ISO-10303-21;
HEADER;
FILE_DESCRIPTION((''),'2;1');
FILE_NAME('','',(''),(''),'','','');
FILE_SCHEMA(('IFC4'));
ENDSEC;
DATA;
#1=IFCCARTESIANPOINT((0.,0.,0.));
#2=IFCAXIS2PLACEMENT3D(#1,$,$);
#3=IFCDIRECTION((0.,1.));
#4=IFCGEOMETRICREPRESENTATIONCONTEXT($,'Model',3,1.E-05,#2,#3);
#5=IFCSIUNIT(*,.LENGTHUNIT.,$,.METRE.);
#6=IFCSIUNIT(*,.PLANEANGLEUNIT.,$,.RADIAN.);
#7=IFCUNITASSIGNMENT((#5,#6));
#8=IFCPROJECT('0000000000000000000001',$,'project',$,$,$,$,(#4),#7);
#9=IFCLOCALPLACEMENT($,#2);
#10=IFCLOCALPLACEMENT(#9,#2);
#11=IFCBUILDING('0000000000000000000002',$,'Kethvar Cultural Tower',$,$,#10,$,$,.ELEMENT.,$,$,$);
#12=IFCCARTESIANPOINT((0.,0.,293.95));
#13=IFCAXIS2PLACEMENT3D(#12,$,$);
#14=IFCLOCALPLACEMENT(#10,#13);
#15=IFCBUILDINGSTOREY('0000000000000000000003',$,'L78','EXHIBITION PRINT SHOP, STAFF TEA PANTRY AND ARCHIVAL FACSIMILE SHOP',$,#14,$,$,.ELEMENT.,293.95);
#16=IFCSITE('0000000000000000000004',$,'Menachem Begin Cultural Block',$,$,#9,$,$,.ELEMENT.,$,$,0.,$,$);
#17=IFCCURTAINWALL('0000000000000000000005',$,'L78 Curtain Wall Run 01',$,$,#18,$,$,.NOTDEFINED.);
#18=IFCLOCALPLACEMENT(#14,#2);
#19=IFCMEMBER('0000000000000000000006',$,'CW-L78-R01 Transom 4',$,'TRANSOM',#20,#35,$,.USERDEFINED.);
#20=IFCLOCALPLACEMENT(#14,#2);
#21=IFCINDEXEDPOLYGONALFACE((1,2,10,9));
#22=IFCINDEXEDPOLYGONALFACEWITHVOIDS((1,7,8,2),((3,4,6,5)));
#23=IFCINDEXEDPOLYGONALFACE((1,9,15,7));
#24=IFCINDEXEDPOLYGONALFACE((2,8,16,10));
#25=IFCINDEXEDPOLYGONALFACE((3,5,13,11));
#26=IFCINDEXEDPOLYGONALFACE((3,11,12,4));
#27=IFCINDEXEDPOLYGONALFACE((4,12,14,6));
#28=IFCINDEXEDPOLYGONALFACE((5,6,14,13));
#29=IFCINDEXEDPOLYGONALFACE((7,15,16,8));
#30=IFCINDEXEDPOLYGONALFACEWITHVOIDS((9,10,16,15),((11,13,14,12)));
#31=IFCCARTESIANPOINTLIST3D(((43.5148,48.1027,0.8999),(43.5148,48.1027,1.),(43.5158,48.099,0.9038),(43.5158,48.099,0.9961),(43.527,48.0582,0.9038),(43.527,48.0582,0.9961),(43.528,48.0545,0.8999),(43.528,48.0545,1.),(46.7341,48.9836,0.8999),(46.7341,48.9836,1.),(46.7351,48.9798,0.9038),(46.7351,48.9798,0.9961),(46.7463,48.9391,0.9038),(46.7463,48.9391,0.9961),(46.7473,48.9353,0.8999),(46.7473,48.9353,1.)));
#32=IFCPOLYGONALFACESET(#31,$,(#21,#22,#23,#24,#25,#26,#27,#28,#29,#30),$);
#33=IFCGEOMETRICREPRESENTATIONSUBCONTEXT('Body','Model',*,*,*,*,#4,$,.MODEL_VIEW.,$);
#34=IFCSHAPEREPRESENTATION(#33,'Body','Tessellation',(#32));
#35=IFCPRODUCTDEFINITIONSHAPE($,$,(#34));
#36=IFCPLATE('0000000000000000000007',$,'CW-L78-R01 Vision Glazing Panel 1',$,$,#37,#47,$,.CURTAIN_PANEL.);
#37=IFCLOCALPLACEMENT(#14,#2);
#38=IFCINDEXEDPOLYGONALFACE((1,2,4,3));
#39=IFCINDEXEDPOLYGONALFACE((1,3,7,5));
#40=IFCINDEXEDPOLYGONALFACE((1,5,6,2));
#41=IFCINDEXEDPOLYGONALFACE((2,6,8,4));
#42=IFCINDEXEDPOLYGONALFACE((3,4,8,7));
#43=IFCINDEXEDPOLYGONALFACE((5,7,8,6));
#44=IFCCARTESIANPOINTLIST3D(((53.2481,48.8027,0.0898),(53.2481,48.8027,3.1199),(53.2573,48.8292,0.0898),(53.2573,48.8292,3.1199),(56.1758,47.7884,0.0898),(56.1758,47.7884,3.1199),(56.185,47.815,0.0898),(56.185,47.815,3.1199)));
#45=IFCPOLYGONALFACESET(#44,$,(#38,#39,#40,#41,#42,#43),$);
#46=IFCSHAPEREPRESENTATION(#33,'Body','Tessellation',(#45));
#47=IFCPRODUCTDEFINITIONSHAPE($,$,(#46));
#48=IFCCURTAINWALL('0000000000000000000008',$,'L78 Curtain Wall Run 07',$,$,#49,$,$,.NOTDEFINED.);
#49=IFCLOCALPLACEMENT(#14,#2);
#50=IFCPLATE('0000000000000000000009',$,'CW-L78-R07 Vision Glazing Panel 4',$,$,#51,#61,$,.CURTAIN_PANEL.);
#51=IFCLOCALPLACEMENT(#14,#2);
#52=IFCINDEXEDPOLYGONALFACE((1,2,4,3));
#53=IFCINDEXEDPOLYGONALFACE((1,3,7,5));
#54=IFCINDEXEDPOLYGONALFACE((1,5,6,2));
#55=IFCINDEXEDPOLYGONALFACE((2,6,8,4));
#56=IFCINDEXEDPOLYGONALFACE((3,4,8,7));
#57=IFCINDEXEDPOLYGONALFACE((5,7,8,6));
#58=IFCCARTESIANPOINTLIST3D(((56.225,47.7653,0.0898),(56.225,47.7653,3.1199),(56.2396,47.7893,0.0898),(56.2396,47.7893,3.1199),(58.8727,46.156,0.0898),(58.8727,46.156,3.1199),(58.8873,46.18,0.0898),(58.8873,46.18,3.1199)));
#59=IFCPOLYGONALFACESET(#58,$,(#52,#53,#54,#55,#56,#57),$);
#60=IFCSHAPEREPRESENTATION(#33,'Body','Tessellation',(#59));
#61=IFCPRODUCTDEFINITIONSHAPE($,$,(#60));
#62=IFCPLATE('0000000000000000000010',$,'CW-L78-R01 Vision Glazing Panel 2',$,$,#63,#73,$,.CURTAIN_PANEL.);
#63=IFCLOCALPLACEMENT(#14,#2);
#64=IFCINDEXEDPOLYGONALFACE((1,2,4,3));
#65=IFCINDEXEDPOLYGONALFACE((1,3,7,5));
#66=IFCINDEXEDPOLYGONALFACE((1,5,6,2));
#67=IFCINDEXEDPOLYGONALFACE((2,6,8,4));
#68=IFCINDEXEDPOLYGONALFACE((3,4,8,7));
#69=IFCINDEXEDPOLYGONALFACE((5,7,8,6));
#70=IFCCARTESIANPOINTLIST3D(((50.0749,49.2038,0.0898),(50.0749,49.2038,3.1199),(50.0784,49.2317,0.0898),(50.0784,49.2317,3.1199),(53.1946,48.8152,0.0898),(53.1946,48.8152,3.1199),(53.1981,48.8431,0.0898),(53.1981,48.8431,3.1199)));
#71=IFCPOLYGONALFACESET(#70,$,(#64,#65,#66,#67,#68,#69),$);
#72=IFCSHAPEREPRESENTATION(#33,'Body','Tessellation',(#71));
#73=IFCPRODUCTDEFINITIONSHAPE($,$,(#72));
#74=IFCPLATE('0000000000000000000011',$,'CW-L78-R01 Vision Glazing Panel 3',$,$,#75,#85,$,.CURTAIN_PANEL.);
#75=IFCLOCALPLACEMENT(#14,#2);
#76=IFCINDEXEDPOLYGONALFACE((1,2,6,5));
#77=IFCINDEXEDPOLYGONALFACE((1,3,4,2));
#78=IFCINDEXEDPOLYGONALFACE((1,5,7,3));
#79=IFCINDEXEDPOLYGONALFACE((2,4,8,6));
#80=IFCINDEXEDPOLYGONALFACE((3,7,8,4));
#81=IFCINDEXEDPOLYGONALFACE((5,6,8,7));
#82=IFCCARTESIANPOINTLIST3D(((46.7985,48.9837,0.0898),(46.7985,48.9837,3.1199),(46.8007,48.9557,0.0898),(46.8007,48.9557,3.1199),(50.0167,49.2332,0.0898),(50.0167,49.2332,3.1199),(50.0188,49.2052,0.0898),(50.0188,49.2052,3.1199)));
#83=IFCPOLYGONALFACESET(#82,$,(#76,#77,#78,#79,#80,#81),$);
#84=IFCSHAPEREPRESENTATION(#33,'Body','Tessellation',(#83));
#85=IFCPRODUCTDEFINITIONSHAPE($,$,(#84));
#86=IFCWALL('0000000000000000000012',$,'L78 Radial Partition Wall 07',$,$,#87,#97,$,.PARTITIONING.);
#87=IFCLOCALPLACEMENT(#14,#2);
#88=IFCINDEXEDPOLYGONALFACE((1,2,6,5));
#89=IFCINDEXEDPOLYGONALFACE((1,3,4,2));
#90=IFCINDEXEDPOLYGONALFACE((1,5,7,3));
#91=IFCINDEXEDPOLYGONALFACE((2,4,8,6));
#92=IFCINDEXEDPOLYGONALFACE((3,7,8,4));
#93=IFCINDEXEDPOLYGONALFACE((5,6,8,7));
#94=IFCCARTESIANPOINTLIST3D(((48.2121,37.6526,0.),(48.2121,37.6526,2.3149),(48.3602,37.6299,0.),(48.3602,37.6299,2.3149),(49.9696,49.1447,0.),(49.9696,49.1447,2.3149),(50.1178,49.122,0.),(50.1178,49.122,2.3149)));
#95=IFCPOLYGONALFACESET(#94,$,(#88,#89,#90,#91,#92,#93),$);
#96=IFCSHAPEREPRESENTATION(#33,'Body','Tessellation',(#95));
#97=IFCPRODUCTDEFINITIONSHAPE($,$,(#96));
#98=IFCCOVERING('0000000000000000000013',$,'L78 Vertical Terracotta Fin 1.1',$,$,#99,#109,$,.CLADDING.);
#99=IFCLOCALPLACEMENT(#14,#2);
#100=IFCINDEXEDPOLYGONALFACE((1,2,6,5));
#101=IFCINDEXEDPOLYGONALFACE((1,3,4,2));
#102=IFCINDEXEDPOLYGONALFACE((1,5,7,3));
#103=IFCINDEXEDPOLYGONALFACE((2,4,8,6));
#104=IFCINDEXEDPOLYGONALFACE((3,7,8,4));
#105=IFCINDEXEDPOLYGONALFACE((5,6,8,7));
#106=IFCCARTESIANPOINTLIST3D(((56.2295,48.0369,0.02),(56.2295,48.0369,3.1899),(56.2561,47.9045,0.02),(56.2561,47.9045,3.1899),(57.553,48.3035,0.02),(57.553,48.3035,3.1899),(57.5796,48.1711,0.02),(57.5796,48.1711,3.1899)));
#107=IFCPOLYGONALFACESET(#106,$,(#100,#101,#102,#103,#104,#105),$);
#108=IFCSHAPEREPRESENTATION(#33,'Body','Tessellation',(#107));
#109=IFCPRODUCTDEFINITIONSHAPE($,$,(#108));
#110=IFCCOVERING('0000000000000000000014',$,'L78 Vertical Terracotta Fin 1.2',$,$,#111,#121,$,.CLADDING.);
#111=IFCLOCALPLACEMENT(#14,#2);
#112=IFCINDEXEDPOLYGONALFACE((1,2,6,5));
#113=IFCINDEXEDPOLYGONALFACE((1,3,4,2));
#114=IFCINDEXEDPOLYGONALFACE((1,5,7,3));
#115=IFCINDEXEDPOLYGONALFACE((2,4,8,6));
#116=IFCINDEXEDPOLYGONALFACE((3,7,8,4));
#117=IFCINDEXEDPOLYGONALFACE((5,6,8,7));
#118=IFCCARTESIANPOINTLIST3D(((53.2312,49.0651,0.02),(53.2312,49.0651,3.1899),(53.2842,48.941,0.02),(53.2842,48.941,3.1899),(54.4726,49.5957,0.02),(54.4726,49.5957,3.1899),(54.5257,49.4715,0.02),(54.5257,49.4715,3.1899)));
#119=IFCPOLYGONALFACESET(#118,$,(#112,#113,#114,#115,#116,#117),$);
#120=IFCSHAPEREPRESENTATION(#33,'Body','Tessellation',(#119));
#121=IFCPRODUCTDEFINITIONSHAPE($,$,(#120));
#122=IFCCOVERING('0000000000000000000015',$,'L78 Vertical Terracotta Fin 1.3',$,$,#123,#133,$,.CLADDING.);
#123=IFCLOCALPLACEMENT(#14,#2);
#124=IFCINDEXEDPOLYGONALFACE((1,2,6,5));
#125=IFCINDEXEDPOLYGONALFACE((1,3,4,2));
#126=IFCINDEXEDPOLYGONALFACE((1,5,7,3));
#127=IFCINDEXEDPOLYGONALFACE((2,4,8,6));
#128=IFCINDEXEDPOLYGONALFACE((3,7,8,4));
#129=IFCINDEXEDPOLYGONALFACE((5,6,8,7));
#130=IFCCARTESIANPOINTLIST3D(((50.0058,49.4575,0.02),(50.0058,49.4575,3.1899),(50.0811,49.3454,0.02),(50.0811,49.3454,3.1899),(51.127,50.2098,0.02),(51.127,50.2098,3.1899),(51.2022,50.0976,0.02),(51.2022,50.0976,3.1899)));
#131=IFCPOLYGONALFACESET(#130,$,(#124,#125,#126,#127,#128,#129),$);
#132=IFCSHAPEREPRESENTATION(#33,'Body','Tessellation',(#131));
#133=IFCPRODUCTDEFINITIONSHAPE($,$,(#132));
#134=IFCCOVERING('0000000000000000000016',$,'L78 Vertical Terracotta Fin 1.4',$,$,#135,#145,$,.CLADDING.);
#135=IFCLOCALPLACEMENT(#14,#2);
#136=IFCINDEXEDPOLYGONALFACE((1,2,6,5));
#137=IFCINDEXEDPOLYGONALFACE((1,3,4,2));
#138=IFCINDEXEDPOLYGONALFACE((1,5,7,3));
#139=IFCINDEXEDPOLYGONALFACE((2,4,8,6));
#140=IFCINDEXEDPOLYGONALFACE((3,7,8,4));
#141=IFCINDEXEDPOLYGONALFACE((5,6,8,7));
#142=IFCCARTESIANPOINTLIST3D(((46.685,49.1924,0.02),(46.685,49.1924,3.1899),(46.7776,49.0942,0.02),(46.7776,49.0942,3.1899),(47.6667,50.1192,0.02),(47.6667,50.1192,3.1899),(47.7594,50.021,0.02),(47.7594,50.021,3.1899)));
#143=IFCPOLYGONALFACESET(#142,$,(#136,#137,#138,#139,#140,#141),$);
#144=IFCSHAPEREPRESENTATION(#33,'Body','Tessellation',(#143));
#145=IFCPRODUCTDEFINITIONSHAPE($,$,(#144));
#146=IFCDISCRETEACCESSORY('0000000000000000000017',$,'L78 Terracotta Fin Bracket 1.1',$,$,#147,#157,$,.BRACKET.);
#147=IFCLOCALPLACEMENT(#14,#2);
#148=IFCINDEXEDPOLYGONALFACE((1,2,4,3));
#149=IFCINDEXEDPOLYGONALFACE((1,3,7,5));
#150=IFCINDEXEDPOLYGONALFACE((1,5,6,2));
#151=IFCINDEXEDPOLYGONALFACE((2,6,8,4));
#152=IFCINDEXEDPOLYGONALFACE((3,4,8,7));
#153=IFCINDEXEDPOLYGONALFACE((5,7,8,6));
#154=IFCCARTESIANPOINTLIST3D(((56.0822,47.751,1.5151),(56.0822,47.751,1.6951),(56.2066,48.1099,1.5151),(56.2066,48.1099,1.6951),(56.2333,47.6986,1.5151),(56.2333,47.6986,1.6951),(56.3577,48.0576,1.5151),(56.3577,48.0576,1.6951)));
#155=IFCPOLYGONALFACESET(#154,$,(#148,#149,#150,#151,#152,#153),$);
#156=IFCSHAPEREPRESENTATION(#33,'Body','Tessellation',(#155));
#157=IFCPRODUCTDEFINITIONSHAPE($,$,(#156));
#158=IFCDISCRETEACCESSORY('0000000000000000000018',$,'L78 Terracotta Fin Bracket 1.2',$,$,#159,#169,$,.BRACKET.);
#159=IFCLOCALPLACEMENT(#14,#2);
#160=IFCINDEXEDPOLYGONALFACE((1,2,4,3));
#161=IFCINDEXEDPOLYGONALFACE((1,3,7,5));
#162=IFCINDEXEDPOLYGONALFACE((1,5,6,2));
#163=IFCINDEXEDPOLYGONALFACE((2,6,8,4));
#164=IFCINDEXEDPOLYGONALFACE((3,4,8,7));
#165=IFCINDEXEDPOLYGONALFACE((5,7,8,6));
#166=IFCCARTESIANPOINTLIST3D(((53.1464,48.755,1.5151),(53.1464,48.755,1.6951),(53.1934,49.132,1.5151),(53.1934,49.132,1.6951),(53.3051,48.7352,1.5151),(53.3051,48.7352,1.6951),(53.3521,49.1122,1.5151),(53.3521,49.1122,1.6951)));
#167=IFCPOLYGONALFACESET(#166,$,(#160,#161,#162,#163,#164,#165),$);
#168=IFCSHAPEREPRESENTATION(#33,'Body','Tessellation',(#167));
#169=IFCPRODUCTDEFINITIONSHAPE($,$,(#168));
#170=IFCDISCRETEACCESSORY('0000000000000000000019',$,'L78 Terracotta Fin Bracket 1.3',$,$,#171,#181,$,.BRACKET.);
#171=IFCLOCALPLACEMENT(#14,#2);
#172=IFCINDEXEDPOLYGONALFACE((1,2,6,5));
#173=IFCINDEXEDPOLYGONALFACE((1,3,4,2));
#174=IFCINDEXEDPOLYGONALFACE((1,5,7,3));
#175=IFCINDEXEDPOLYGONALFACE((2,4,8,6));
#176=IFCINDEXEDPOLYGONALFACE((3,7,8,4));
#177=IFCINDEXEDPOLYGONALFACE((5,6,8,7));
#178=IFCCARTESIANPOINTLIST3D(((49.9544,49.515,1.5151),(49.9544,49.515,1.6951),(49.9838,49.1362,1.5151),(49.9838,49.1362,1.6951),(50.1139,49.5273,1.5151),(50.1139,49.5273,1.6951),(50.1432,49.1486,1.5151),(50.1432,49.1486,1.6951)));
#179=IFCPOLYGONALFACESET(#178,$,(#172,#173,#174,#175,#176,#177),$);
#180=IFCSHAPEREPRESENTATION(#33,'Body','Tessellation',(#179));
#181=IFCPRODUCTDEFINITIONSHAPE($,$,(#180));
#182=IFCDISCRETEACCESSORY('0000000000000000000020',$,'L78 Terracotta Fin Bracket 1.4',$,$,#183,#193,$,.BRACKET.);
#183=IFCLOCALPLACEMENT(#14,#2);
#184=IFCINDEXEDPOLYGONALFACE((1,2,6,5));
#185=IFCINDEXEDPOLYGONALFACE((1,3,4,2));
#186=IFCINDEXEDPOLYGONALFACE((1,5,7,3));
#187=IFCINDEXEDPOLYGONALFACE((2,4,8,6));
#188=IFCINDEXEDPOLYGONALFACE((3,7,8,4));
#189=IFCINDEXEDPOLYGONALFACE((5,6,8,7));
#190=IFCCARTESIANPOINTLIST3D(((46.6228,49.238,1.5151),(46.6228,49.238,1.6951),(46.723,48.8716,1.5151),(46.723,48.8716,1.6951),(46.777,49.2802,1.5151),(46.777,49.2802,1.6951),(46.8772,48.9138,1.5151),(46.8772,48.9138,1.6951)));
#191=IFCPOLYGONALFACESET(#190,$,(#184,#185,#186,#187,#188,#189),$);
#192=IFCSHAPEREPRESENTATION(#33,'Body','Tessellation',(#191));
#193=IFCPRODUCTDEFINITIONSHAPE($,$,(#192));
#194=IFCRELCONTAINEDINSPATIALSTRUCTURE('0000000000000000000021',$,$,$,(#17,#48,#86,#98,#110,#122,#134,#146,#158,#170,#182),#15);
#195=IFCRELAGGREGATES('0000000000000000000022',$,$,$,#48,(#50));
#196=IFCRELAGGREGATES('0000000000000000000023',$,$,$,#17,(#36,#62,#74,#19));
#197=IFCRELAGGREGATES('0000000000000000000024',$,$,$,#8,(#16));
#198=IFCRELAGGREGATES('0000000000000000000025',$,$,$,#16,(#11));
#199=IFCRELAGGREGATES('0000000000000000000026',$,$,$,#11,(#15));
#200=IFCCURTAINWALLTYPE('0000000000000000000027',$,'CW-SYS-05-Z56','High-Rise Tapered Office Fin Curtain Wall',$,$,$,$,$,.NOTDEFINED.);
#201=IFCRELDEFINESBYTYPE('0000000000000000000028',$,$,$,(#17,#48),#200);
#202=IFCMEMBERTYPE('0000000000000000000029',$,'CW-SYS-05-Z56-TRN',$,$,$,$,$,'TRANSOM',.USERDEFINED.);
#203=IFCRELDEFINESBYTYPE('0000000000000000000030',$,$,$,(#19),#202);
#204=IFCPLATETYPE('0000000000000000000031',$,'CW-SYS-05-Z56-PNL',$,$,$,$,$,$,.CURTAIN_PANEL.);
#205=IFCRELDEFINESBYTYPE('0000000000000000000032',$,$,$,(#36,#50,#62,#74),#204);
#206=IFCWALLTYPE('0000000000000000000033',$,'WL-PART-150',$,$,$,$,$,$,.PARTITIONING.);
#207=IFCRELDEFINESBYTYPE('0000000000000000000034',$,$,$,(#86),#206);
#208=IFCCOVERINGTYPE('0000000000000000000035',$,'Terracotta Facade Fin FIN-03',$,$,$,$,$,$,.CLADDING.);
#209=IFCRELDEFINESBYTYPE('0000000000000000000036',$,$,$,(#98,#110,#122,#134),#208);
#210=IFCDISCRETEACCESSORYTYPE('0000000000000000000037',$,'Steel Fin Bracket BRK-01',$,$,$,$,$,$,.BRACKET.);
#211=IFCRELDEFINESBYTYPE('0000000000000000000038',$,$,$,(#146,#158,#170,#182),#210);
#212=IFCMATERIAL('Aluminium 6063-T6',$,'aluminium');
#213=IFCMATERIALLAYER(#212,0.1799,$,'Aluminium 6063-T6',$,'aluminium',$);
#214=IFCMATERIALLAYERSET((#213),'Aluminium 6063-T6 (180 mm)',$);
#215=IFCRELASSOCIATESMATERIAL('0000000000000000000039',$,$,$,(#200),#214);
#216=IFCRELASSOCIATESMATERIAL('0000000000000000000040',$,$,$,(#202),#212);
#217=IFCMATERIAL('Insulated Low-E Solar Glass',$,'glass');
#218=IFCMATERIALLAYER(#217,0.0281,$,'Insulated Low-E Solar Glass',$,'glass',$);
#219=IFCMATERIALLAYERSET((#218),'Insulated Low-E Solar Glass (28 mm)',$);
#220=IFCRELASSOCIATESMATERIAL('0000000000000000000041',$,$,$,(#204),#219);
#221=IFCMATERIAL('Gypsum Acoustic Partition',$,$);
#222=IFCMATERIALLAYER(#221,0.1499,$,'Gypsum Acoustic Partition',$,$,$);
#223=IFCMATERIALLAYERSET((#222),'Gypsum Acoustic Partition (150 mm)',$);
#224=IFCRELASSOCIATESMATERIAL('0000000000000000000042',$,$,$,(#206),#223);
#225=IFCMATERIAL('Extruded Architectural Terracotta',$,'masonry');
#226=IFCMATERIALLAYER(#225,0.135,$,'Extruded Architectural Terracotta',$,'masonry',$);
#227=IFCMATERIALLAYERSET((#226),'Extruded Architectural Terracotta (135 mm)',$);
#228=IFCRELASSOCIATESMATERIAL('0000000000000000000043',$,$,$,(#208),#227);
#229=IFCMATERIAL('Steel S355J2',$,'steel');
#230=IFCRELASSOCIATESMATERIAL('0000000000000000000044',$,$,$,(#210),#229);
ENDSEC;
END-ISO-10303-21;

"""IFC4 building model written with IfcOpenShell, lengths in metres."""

from ifc_helpers import new_model, si_unit, direction, frame, frame_2d, origin, origin_2d, place, context, subcontext, project, spatial, rectangle, hollow_rectangle, extrude, source, transform, mapped, material, layer, layer_set, material_profile, profile_set, type_object, element, aggregate, save


model = new_model("IFC4")

# Units and contexts
model_context = context("Model", 3, precision=1e-05, world=origin(), true_north=direction((0.0, 1.0)))
body_context = subcontext(model_context, "Body", "Model", "MODEL_VIEW")
ifc_project = project(units=[si_unit("LENGTHUNIT", "METRE"), si_unit("PLANEANGLEUNIT", "RADIAN")], contexts=[model_context])

# Site, building, storey
site_placement = place(None, origin())
site = spatial("IfcSite", under=ifc_project, at=site_placement, Name="Menachem Begin Cultural Block", CompositionType="ELEMENT", RefElevation=0.0)
building_placement = place(site_placement, origin())
building = spatial("IfcBuilding", under=site, at=building_placement, Name="Kethvar Cultural Tower", CompositionType="ELEMENT")
storey_placement = place(building_placement, frame((0.0, 0.0, 293.95)))
storey = spatial("IfcBuildingStorey", under=building, at=storey_placement, Name="L78", Description="EXHIBITION PRINT SHOP, STAFF TEA PANTRY AND ARCHIVAL FACSIMILE SHOP", CompositionType="ELEMENT", Elevation=293.95)

# Shared definitions
ifc_material_1 = material(Name="Steel S355J2", Category="steel")

# Curtain wall, member, plate
ifc_material_2 = material(Name="Aluminium 6063-T6", Category="aluminium")
ifc_layer_1 = layer(ifc_material_2, 0.1799, Name="Aluminium 6063-T6", Category="aluminium")
ifc_layer_set_1 = layer_set([ifc_layer_1], Name="Aluminium 6063-T6 (180 mm)")
curtain_wall_type = type_object("IfcCurtainWallType", Name="CW-SYS-05-Z56", Description="High-Rise Tapered Office Fin Curtain Wall", PredefinedType="NOTDEFINED", material=ifc_layer_set_1)
curtain_wall_1_placement = place(storey_placement, origin())
curtain_wall_1 = element("IfcCurtainWall", 1, at=curtain_wall_1_placement, inside=storey, type_object=curtain_wall_type, Name="L78 Curtain Wall Run 01", PredefinedType="NOTDEFINED")
ifc_material_profile_1 = material_profile(ifc_material_2, hollow_rectangle(XDim=0.05, YDim=0.1001, WallThickness=0.0039, at=origin_2d()), Name="Aluminium 6063-T6 — RHS100x50x4")
ifc_profile_set_1 = profile_set([ifc_material_profile_1], Name="Aluminium 6063-T6 — RHS100x50x4")
member_type_1 = type_object("IfcMemberType", Name="CW-SYS-05-Z56-TRN", ElementType="TRANSOM", PredefinedType="USERDEFINED", material=ifc_profile_set_1)
shared_shape_1 = source(origin(), body_context, "Body", "SweptSolid", [
    extrude(hollow_rectangle(XDim=0.05, YDim=0.1001, WallThickness=0.0039, at=origin_2d()), origin(), (0.0, 0.0, 1.0), 3.3376),
])
member_1_placement = place(storey_placement, frame((46.7407, 48.9595, 0.95), z_axis=(-0.964544, -0.263922, 0.0), x_axis=(0.263922, -0.964544, 0.0)))
member_1 = element("IfcMember", 2, at=member_1_placement, type_object=member_type_1, Name="CW-L78-R01 Transom 4", ObjectType="TRANSOM", PredefinedType="USERDEFINED", context=body_context, shape_type="MappedRepresentation", body=[
    mapped(shared_shape_1, transform((0.0, 0.0, 0.0), scale=1.0)),
])
ifc_material_3 = material(Name="Insulated Low-E Solar Glass", Category="glass")
ifc_layer_2 = layer(ifc_material_3, 0.0281, Name="Insulated Low-E Solar Glass", Category="glass")
ifc_layer_set_2 = layer_set([ifc_layer_2], Name="Insulated Low-E Solar Glass (28 mm)")
plate_type = type_object("IfcPlateType", Name="CW-SYS-05-Z56-PNL", PredefinedType="CURTAIN_PANEL", material=ifc_layer_set_2)
shared_shape_2 = source(origin(), body_context, "Body", "SweptSolid", [
    extrude(rectangle(XDim=3.0984, YDim=0.0281, at=origin_2d()), origin(), (0.0, 0.0, 1.0), 3.03),
])
plate_1_placement = place(storey_placement, frame((54.7166, 48.3088, 0.0898), z_axis=(0.0, 0.0, 1.0), x_axis=(-0.944903, 0.32735, 0.0)))
plate_1 = element("IfcPlate", 3, at=plate_1_placement, type_object=plate_type, Name="CW-L78-R01 Vision Glazing Panel 1", PredefinedType="CURTAIN_PANEL", context=body_context, shape_type="MappedRepresentation", body=[
    mapped(shared_shape_2, transform((0.0, 0.0, 0.0), scale=1.0)),
])

# Curtain wall, plate
curtain_wall_2_placement = place(storey_placement, origin())
curtain_wall_2 = element("IfcCurtainWall", 4, at=curtain_wall_2_placement, inside=storey, type_object=curtain_wall_type, Name="L78 Curtain Wall Run 07", PredefinedType="NOTDEFINED")
plate_2_placement = place(storey_placement, frame((57.5562, 46.9727, 0.0898), z_axis=(0.0, 0.0, 1.0), x_axis=(-0.854531, 0.5194, 0.0)))
plate_2 = element("IfcPlate", 5, at=plate_2_placement, type_object=plate_type, Name="CW-L78-R07 Vision Glazing Panel 4", PredefinedType="CURTAIN_PANEL", context=body_context, shape_type="MappedRepresentation", body=[
    mapped(shared_shape_2, transform((0.0, 0.0, 0.0), scale=1.0)),
])
aggregate(curtain_wall_2, [plate_2])

# Plates
shared_shape_3 = source(origin(), body_context, "Body", "SweptSolid", [
    extrude(rectangle(XDim=3.1438, YDim=0.0281, at=origin_2d()), origin(), (0.0, 0.0, 1.0), 3.03),
])
plate_3_placement = place(storey_placement, frame((51.6365, 49.0234, 0.0898), z_axis=(0.0, 0.0, 1.0), x_axis=(-0.992332, 0.123601, 0.0)))
plate_3 = element("IfcPlate", 6, at=plate_3_placement, type_object=plate_type, Name="CW-L78-R01 Vision Glazing Panel 2", PredefinedType="CURTAIN_PANEL", context=body_context, shape_type="MappedRepresentation", body=[
    mapped(shared_shape_3, transform((0.0, 0.0, 0.0), scale=1.0)),
])
shared_shape_4 = source(origin(), body_context, "Body", "SweptSolid", [
    extrude(rectangle(XDim=3.2278, YDim=0.0281, at=origin_2d()), origin(), (0.0, 0.0, 1.0), 3.03),
])
plate_4_placement = place(storey_placement, frame((48.4087, 49.0945, 0.0898), z_axis=(0.0, 0.0, 1.0), x_axis=(-0.997008, -0.077293, 0.0)))
plate_4 = element("IfcPlate", 7, at=plate_4_placement, type_object=plate_type, Name="CW-L78-R01 Vision Glazing Panel 3", PredefinedType="CURTAIN_PANEL", context=body_context, shape_type="MappedRepresentation", body=[
    mapped(shared_shape_4, transform((0.0, 0.0, 0.0), scale=1.0)),
])
aggregate(curtain_wall_1, [plate_1, plate_3, plate_4, member_1])

# Wall
ifc_material_4 = material(Name="Gypsum Acoustic Partition")
ifc_layer_3 = layer(ifc_material_4, 0.1499, Name="Gypsum Acoustic Partition")
ifc_layer_set_3 = layer_set([ifc_layer_3], Name="Gypsum Acoustic Partition (150 mm)")
wall_type = type_object("IfcWallType", Name="WL-PART-150", PredefinedType="PARTITIONING", material=ifc_layer_set_3)
wall_placement = place(storey_placement, frame((48.2861, 37.6411, 0.0), z_axis=(0.0, 0.0, 1.0), x_axis=(0.151178, 0.988507, 0.0)))
element("IfcWall", 8, at=wall_placement, inside=storey, type_object=wall_type, Name="L78 Radial Partition Wall 07", PredefinedType="PARTITIONING", context=body_context, shape_type="SweptSolid", body=[
    extrude(rectangle(XDim=11.6257, YDim=0.1499, at=frame_2d((5.813, 0.0))), origin(), (0.0, 0.0, 1.0), 2.3149),
])

# Coverings
ifc_material_5 = material(Name="Extruded Architectural Terracotta", Category="masonry")
ifc_layer_4 = layer(ifc_material_5, 0.135, Name="Extruded Architectural Terracotta", Category="masonry")
ifc_layer_set_4 = layer_set([ifc_layer_4], Name="Extruded Architectural Terracotta (135 mm)")
covering_type = type_object("IfcCoveringType", Name="Terracotta Facade Fin FIN-03", PredefinedType="CLADDING", material=ifc_layer_set_4)
shared_shape_5 = source(origin(), body_context, "Body", "SweptSolid", [
    extrude(rectangle(XDim=1.3501, YDim=0.135, at=origin_2d()), origin(), (0.0, 0.0, 1.0), 3.1699),
])
for number, where, z_axis, x_axis, name in (
    (9, (56.9045, 48.104, 0.02), (0.0, 0.0, 1.0), (0.980306, 0.197486, 0.0), "L78 Vertical Terracotta Fin 1.1"),
    (10, (53.8784, 49.2683, 0.02), (0.0, 0.0, 1.0), (0.919547, 0.392979, 0.0), "L78 Vertical Terracotta Fin 1.2"),
    (11, (50.604, 49.7776, 0.02), (0.0, 0.0, 1.0), (0.830401, 0.557166, 0.0), "L78 Vertical Terracotta Fin 1.3"),
    (12, (47.2222, 49.6067, 0.02), (0.0, 0.0, 1.0), (0.727174, 0.686453, 0.0), "L78 Vertical Terracotta Fin 1.4"),
):
    element("IfcCovering", number, at=place(storey_placement, frame(where, z_axis=z_axis, x_axis=x_axis)), inside=storey, type_object=covering_type, Name=name, PredefinedType="CLADDING", context=body_context, shape_type="MappedRepresentation", body=[
        mapped(shared_shape_5, transform((0.0, 0.0, 0.0), scale=1.0)),
    ])

# Discrete accessories
discrete_accessory_type = type_object("IfcDiscreteAccessoryType", Name="Steel Fin Bracket BRK-01", PredefinedType="BRACKET", material=ifc_material_1)
shared_shape_6 = source(origin(), body_context, "Body", "SweptSolid", [
    extrude(rectangle(XDim=0.3799, YDim=0.1599, at=origin_2d()), origin(), (0.0, 0.0, 1.0), 0.1799),
])
for number, where, z_axis, x_axis, name in (
    (13, (56.22, 47.9043, 1.5151), (0.0, 0.0, 1.0), (0.327383, 0.944892, 0.0), "L78 Terracotta Fin Bracket 1.1"),
    (14, (53.2493, 48.9336, 1.5151), (0.0, 0.0, 1.0), (0.123601, 0.992332, 0.0), "L78 Terracotta Fin Bracket 1.2"),
    (15, (50.0488, 49.3318, 1.5151), (0.0, 0.0, 1.0), (-0.077241, 0.997012, 0.0), "L78 Terracotta Fin Bracket 1.3"),
    (16, (46.75, 49.0759, 1.5151), (0.0, 0.0, 1.0), (-0.263873, 0.964557, 0.0), "L78 Terracotta Fin Bracket 1.4"),
):
    element("IfcDiscreteAccessory", number, at=place(storey_placement, frame(where, z_axis=z_axis, x_axis=x_axis)), inside=storey, type_object=discrete_accessory_type, Name=name, PredefinedType="BRACKET", context=body_context, shape_type="MappedRepresentation", body=[
        mapped(shared_shape_6, transform((0.0, 0.0, 0.0), scale=1.0)),
    ])

save(model, "model.ifc")
